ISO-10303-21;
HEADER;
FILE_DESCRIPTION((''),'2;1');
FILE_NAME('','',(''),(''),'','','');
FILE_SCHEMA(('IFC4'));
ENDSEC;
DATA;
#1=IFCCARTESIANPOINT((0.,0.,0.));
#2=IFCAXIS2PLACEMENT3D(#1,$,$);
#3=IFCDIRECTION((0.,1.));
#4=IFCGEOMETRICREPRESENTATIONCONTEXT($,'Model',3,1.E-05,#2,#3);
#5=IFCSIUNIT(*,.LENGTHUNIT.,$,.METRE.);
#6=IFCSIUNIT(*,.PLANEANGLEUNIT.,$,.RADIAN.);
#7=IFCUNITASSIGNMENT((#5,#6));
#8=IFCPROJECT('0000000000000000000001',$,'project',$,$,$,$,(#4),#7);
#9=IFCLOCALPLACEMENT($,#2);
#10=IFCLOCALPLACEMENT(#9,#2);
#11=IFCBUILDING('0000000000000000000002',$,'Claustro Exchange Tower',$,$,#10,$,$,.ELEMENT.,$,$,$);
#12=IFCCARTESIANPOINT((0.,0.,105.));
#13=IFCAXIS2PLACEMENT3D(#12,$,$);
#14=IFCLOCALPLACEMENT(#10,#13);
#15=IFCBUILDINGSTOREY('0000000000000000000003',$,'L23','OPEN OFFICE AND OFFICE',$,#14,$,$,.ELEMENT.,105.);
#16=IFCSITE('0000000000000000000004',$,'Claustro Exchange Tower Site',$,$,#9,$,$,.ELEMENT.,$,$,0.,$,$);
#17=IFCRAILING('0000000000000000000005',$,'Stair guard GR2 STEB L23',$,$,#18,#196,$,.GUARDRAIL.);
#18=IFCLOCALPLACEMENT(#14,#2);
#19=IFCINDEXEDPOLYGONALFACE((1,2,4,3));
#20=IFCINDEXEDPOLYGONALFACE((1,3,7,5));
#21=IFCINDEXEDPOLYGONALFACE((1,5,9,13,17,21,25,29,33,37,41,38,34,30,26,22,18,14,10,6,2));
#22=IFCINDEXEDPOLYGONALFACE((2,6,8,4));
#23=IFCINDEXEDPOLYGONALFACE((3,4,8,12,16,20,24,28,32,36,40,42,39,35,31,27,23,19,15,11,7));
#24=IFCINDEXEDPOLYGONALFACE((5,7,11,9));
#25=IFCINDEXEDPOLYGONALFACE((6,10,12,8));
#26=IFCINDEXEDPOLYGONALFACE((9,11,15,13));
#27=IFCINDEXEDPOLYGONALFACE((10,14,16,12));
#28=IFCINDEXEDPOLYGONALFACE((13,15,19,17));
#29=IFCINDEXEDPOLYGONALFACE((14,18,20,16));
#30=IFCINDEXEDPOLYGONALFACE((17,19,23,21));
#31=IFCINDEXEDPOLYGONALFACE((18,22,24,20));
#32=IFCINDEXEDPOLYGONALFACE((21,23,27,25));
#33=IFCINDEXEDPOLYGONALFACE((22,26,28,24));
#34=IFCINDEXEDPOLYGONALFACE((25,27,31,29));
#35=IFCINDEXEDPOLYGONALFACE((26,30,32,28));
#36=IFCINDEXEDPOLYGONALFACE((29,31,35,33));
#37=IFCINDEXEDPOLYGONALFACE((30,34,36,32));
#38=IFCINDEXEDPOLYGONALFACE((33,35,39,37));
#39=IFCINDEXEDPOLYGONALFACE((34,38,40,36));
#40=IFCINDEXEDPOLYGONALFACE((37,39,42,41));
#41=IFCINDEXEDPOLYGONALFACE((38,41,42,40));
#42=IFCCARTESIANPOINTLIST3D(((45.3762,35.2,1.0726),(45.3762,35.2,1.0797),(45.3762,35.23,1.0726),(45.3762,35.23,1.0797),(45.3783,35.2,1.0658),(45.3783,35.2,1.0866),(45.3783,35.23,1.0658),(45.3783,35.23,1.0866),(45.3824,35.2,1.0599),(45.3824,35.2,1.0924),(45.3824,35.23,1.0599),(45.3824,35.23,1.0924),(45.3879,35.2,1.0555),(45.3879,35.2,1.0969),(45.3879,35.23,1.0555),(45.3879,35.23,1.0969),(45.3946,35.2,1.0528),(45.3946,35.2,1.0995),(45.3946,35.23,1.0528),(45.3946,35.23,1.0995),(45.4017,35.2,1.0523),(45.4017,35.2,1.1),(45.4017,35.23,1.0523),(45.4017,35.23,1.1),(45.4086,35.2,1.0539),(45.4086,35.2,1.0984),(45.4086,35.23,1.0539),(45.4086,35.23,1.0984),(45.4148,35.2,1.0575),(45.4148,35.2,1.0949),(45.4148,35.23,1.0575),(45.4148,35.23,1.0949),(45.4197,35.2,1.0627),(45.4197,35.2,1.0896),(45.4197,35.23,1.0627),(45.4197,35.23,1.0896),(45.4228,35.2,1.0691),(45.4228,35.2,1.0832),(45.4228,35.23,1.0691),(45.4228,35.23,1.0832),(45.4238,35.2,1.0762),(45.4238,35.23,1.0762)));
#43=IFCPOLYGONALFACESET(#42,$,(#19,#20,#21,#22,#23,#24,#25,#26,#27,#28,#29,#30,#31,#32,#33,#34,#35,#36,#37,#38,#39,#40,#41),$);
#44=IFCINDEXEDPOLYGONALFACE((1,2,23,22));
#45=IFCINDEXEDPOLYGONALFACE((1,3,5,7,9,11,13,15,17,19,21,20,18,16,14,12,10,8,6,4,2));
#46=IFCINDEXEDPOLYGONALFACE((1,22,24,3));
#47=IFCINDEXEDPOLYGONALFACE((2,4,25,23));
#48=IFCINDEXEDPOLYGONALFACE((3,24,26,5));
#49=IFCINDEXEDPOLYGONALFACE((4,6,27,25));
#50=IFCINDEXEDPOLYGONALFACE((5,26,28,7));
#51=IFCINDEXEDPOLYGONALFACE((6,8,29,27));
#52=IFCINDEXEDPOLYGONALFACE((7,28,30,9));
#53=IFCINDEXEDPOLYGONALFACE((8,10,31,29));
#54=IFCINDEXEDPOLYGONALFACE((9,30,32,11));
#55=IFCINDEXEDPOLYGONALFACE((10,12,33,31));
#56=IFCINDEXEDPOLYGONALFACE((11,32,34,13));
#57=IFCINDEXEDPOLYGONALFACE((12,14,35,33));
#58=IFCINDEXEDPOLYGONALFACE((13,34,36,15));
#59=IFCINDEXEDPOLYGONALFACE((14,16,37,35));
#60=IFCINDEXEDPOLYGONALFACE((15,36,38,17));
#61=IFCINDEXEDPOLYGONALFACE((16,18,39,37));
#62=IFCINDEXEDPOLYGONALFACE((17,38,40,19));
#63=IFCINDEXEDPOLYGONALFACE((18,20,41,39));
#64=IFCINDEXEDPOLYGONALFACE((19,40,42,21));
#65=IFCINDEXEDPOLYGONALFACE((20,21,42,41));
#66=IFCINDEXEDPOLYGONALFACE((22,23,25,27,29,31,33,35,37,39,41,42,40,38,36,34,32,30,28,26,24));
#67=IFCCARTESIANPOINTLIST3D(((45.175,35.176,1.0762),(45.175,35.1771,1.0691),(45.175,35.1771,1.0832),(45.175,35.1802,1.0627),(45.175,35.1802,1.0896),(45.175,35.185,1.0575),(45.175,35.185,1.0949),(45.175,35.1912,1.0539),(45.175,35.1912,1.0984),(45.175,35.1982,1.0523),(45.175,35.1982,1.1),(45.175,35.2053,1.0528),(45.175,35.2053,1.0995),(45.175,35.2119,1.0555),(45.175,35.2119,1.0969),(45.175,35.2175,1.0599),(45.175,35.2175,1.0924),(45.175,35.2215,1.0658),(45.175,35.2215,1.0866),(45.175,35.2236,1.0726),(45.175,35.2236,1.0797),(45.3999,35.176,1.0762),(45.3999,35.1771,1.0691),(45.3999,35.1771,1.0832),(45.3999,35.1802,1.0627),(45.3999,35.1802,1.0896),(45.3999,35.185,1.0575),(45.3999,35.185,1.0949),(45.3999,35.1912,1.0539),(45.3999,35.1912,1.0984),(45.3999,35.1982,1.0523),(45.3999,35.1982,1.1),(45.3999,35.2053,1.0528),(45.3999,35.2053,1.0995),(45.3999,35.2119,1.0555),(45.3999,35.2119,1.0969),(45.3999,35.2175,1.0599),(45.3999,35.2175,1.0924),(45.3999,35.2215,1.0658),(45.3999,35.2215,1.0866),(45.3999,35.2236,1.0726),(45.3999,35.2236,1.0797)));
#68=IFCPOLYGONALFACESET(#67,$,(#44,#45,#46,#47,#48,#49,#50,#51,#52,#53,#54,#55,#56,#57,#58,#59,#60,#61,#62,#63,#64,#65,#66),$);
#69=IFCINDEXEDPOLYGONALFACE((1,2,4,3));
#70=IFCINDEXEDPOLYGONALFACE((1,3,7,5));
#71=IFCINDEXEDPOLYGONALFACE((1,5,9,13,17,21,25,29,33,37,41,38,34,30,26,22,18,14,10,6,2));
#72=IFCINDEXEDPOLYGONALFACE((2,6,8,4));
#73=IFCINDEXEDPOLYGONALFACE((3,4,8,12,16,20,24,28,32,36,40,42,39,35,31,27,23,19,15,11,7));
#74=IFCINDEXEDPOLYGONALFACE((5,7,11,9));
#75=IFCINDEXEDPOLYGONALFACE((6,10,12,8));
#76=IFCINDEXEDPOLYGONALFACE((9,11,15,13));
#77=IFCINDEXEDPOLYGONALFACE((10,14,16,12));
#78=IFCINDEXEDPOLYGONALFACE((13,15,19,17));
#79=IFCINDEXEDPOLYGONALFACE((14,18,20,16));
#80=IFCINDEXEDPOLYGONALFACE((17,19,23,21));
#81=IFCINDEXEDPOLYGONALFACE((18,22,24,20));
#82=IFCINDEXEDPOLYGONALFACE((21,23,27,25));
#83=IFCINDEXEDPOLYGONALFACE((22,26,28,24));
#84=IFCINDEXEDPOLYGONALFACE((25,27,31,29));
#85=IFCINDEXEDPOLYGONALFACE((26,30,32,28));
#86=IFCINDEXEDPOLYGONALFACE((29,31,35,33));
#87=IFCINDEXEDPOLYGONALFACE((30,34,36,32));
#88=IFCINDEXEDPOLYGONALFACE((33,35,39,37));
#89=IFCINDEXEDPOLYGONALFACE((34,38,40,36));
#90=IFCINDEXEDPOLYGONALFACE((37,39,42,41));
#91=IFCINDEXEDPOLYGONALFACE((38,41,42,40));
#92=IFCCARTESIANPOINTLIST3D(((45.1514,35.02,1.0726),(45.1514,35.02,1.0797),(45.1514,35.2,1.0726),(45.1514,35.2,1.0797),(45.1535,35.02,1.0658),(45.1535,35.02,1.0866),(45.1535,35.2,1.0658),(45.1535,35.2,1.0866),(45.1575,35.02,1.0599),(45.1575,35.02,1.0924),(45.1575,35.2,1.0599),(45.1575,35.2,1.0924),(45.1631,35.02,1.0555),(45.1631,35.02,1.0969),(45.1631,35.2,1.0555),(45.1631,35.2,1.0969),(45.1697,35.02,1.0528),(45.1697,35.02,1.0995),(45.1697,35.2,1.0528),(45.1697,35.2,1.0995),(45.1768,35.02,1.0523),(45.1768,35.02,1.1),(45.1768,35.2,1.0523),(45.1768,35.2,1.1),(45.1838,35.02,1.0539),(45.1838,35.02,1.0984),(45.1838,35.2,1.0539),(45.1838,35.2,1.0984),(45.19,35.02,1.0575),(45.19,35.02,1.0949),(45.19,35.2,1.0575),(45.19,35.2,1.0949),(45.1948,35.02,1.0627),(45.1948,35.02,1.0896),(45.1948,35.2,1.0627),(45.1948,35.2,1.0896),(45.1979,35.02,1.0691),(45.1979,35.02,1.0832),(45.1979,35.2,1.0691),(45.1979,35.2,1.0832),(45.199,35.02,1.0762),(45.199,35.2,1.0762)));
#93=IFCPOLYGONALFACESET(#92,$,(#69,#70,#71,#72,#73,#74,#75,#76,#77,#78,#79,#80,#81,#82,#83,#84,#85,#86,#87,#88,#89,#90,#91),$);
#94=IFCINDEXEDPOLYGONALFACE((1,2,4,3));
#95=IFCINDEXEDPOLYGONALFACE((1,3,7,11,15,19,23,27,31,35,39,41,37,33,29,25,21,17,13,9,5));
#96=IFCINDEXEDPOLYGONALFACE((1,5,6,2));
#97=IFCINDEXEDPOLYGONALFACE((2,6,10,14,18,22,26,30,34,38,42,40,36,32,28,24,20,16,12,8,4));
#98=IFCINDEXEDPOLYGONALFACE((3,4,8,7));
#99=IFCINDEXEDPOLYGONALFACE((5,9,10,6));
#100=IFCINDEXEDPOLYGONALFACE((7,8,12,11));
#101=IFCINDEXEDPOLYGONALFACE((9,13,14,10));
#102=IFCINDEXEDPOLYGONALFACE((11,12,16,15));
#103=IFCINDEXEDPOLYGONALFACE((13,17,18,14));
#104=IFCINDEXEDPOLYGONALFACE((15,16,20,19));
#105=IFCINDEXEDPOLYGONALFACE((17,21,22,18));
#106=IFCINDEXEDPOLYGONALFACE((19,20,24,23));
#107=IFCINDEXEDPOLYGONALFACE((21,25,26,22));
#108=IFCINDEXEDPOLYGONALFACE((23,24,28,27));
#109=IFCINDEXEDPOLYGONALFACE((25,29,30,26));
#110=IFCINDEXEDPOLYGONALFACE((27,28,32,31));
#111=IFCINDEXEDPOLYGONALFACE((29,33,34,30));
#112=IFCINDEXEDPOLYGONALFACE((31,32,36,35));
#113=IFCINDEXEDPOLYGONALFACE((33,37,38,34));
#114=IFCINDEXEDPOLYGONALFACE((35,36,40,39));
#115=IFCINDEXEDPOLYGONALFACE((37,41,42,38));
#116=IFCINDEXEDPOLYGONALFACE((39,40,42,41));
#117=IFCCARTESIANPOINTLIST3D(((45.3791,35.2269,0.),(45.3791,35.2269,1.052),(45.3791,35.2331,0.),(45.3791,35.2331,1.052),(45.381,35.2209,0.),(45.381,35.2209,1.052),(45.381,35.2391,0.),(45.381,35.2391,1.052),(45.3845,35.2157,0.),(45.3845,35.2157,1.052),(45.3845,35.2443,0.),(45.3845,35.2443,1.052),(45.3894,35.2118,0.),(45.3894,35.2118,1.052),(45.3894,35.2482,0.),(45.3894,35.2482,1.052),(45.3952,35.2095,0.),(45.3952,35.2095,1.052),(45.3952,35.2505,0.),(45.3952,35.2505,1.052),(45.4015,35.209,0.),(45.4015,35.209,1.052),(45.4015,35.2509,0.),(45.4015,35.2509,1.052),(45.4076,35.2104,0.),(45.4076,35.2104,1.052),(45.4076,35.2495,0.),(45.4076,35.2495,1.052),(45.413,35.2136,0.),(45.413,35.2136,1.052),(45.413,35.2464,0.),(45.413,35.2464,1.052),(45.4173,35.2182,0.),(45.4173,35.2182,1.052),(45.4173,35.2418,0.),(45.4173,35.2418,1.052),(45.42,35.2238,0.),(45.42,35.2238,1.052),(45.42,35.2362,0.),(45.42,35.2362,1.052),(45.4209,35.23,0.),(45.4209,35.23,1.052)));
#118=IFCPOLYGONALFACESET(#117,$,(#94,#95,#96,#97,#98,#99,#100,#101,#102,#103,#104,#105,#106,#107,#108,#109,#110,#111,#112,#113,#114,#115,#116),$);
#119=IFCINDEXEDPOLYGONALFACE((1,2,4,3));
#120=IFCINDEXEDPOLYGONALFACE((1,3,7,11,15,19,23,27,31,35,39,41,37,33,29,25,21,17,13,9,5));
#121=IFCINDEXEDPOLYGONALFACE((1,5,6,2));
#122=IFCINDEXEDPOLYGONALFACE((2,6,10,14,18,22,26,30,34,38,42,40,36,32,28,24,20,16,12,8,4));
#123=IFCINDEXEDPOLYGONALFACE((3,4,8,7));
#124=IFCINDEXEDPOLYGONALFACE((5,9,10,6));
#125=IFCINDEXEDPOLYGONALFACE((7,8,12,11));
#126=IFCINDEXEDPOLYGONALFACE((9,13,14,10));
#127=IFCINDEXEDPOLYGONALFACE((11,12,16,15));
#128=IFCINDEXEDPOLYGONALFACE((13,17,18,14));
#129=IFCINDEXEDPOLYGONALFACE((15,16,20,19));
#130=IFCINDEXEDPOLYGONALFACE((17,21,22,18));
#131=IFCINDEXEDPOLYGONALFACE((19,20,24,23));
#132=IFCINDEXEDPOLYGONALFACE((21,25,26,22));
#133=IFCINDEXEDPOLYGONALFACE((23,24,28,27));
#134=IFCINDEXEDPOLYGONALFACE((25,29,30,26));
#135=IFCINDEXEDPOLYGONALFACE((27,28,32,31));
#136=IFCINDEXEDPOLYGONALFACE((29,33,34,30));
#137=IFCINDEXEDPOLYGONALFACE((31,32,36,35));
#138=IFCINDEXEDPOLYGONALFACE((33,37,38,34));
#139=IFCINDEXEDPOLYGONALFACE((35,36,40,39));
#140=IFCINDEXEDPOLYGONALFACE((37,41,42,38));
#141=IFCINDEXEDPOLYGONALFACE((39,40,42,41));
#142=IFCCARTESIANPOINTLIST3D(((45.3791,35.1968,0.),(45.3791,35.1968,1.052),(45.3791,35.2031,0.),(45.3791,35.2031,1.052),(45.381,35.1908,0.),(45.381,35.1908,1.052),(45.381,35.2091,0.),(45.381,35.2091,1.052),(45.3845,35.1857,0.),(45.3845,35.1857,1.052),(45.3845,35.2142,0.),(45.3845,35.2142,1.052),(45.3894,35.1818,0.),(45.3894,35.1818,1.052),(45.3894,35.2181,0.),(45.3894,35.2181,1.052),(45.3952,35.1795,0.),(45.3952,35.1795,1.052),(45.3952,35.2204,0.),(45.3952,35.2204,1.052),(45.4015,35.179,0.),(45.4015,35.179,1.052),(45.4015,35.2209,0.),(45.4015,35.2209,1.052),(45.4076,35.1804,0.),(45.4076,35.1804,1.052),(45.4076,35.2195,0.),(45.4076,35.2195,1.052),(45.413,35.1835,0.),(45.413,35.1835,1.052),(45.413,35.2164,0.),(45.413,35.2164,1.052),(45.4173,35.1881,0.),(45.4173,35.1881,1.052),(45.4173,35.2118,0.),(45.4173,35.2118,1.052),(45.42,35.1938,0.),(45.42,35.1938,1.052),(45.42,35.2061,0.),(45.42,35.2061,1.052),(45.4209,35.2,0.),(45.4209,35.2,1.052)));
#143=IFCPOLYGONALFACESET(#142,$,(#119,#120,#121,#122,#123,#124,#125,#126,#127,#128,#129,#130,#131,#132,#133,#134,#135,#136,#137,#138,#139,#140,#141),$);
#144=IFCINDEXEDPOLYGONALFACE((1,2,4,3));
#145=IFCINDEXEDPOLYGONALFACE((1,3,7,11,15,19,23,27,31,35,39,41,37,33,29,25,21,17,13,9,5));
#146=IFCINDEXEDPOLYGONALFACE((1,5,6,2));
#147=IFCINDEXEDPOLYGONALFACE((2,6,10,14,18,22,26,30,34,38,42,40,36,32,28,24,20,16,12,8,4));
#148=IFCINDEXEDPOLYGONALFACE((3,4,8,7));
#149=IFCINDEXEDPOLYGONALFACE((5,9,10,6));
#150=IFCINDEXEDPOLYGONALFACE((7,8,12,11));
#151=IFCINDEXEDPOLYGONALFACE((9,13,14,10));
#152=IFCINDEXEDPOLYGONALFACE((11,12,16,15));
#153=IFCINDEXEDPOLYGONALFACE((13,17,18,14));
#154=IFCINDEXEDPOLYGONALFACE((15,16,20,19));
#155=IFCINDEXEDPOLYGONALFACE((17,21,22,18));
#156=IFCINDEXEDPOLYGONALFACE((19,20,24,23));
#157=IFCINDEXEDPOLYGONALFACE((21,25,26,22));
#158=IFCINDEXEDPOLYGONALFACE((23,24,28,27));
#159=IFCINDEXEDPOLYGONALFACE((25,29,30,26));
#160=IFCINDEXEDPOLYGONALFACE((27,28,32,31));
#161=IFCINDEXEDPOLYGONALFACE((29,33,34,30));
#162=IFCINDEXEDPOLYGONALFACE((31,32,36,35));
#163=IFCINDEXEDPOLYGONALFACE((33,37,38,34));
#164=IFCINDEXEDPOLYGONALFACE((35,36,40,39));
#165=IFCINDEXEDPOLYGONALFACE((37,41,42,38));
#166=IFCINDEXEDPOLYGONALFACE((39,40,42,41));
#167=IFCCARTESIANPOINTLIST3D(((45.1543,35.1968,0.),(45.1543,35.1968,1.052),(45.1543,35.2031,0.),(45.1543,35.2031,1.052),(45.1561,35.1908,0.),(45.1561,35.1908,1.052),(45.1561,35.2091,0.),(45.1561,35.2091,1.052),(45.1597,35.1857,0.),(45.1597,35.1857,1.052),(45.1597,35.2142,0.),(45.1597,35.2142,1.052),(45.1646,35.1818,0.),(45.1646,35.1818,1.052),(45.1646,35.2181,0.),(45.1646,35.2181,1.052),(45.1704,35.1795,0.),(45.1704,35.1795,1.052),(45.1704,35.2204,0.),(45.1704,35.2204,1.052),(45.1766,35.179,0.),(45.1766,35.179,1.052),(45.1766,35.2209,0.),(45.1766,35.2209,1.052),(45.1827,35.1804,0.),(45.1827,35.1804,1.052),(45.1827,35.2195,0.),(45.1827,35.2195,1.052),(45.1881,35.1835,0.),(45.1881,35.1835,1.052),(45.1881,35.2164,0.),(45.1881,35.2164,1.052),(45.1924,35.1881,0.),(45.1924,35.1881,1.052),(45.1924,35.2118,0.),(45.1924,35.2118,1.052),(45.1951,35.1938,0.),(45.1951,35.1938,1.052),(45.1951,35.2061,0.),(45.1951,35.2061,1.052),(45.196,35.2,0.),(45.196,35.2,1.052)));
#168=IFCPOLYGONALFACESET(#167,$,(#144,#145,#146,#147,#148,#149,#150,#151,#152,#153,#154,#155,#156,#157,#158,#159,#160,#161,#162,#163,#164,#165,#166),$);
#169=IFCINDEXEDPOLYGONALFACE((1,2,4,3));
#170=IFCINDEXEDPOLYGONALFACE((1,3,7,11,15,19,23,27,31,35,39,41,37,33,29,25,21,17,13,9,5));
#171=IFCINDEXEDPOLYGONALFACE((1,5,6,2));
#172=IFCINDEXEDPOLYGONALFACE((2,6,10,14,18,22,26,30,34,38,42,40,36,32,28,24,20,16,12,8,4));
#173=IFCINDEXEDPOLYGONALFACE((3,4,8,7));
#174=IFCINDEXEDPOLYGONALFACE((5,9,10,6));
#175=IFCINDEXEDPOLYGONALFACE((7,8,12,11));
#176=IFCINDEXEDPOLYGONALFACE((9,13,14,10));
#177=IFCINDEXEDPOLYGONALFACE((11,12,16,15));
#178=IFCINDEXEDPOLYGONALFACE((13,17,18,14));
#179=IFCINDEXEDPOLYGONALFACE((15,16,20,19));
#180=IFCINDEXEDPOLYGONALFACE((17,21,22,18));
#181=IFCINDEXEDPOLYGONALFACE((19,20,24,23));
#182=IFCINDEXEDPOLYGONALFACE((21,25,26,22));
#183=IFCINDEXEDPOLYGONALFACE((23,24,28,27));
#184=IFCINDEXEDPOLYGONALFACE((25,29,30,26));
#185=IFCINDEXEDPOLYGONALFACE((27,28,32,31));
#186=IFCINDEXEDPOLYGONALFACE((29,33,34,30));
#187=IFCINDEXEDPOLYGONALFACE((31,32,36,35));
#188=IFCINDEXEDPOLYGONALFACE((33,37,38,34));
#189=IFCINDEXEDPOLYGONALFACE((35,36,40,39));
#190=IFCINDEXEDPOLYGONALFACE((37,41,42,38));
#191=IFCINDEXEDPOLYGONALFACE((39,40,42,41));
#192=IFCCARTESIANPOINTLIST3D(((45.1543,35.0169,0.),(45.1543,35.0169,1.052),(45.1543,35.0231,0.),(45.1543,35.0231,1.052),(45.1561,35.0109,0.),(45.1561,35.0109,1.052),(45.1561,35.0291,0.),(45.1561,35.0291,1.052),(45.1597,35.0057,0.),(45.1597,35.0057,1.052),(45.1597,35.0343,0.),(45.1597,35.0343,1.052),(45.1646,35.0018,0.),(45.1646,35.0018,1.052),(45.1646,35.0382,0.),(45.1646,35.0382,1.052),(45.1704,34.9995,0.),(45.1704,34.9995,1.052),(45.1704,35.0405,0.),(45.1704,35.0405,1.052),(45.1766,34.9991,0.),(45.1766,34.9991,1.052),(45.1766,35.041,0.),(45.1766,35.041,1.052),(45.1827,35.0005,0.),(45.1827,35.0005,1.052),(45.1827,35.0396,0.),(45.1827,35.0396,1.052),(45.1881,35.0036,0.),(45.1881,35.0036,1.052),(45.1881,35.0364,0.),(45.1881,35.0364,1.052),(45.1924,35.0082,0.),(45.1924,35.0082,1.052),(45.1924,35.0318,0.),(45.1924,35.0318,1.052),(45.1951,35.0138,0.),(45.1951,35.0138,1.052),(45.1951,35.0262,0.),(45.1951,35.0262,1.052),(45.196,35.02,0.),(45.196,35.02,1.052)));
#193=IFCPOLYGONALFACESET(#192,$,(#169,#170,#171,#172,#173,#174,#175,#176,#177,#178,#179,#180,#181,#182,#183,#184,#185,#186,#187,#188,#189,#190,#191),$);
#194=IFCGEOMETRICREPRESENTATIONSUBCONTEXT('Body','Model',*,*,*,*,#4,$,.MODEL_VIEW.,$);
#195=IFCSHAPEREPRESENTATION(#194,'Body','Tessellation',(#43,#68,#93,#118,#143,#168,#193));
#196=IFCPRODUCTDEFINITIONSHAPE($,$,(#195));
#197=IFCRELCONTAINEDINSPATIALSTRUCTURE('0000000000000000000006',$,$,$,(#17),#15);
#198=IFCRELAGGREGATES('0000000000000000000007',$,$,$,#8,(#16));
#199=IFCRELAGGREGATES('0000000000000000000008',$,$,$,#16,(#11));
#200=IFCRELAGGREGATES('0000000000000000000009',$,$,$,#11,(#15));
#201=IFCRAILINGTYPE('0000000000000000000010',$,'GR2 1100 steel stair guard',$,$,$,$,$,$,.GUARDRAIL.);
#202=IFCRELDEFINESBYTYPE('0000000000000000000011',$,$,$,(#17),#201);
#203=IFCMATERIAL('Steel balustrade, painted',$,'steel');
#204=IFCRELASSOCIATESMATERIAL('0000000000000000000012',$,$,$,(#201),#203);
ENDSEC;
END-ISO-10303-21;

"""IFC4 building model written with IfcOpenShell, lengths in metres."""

from ifc_helpers import new_model, si_unit, direction, frame, origin, origin_2d, place, context, subcontext, project, spatial, circle, extrude, material, type_object, element, save


model = new_model("IFC4")

# Units and contexts
model_context = context("Model", 3, precision=1e-05, world=origin(), true_north=direction((0.0, 1.0)))
body_context = subcontext(model_context, "Body", "Model", "MODEL_VIEW")
ifc_project = project(units=[si_unit("LENGTHUNIT", "METRE"), si_unit("PLANEANGLEUNIT", "RADIAN")], contexts=[model_context])

# Site, building, storey
site_placement = place(None, origin())
site = spatial("IfcSite", under=ifc_project, at=site_placement, Name="Claustro Exchange Tower Site", CompositionType="ELEMENT", RefElevation=0.0)
building_placement = place(site_placement, origin())
building = spatial("IfcBuilding", under=site, at=building_placement, Name="Claustro Exchange Tower", CompositionType="ELEMENT")
storey_placement = place(building_placement, frame((0.0, 0.0, 105.0)))
storey = spatial("IfcBuildingStorey", under=building, at=storey_placement, Name="L23", Description="OPEN OFFICE AND OFFICE", CompositionType="ELEMENT", Elevation=105.0)

# Railing
ifc_material_1 = material(Name="Steel balustrade, painted", Category="steel")
railing_type_1 = type_object("IfcRailingType", Name="GR2 1100 steel stair guard", PredefinedType="GUARDRAIL", material=ifc_material_1)
railing_1_placement = place(storey_placement, frame((45.3999, 35.23, 0.0)))
element("IfcRailing", 1, at=railing_1_placement, inside=storey, type_object=railing_type_1, Name="Stair guard GR2 STEB L23", PredefinedType="GUARDRAIL", context=body_context, shape_type="SweptSolid", body=[
    extrude(circle(Radius=0.0239, at=origin_2d()), frame((0.0, 0.0, 1.0762), z_axis=(0.0, -1.0, 0.0), x_axis=(1.0, 0.0, 0.0)), (0.0, 0.0, 1.0), 0.03),
    extrude(circle(Radius=0.0239, at=origin_2d()), frame((0.0, -0.03, 1.0762), z_axis=(-1.0, 0.0, 0.0), x_axis=(0.0, -1.0, 0.0)), (0.0, 0.0, 1.0), 0.2249),
    extrude(circle(Radius=0.0239, at=origin_2d()), frame((-0.2249, -0.03, 1.0762), z_axis=(0.0, -1.0, 0.0), x_axis=(1.0, 0.0, 0.0)), (0.0, 0.0, 1.0), 0.1799),
    extrude(circle(Radius=0.021, at=origin_2d()), origin(), (0.0, 0.0, 1.0), 1.052),
    extrude(circle(Radius=0.021, at=origin_2d()), frame((0.0, -0.03, 0.0)), (0.0, 0.0, 1.0), 1.052),
    extrude(circle(Radius=0.021, at=origin_2d()), frame((-0.2249, -0.03, 0.0)), (0.0, 0.0, 1.0), 1.052),
    extrude(circle(Radius=0.021, at=origin_2d()), frame((-0.2249, -0.21, 0.0)), (0.0, 0.0, 1.0), 1.052),
])

save(model, "model.ifc")
